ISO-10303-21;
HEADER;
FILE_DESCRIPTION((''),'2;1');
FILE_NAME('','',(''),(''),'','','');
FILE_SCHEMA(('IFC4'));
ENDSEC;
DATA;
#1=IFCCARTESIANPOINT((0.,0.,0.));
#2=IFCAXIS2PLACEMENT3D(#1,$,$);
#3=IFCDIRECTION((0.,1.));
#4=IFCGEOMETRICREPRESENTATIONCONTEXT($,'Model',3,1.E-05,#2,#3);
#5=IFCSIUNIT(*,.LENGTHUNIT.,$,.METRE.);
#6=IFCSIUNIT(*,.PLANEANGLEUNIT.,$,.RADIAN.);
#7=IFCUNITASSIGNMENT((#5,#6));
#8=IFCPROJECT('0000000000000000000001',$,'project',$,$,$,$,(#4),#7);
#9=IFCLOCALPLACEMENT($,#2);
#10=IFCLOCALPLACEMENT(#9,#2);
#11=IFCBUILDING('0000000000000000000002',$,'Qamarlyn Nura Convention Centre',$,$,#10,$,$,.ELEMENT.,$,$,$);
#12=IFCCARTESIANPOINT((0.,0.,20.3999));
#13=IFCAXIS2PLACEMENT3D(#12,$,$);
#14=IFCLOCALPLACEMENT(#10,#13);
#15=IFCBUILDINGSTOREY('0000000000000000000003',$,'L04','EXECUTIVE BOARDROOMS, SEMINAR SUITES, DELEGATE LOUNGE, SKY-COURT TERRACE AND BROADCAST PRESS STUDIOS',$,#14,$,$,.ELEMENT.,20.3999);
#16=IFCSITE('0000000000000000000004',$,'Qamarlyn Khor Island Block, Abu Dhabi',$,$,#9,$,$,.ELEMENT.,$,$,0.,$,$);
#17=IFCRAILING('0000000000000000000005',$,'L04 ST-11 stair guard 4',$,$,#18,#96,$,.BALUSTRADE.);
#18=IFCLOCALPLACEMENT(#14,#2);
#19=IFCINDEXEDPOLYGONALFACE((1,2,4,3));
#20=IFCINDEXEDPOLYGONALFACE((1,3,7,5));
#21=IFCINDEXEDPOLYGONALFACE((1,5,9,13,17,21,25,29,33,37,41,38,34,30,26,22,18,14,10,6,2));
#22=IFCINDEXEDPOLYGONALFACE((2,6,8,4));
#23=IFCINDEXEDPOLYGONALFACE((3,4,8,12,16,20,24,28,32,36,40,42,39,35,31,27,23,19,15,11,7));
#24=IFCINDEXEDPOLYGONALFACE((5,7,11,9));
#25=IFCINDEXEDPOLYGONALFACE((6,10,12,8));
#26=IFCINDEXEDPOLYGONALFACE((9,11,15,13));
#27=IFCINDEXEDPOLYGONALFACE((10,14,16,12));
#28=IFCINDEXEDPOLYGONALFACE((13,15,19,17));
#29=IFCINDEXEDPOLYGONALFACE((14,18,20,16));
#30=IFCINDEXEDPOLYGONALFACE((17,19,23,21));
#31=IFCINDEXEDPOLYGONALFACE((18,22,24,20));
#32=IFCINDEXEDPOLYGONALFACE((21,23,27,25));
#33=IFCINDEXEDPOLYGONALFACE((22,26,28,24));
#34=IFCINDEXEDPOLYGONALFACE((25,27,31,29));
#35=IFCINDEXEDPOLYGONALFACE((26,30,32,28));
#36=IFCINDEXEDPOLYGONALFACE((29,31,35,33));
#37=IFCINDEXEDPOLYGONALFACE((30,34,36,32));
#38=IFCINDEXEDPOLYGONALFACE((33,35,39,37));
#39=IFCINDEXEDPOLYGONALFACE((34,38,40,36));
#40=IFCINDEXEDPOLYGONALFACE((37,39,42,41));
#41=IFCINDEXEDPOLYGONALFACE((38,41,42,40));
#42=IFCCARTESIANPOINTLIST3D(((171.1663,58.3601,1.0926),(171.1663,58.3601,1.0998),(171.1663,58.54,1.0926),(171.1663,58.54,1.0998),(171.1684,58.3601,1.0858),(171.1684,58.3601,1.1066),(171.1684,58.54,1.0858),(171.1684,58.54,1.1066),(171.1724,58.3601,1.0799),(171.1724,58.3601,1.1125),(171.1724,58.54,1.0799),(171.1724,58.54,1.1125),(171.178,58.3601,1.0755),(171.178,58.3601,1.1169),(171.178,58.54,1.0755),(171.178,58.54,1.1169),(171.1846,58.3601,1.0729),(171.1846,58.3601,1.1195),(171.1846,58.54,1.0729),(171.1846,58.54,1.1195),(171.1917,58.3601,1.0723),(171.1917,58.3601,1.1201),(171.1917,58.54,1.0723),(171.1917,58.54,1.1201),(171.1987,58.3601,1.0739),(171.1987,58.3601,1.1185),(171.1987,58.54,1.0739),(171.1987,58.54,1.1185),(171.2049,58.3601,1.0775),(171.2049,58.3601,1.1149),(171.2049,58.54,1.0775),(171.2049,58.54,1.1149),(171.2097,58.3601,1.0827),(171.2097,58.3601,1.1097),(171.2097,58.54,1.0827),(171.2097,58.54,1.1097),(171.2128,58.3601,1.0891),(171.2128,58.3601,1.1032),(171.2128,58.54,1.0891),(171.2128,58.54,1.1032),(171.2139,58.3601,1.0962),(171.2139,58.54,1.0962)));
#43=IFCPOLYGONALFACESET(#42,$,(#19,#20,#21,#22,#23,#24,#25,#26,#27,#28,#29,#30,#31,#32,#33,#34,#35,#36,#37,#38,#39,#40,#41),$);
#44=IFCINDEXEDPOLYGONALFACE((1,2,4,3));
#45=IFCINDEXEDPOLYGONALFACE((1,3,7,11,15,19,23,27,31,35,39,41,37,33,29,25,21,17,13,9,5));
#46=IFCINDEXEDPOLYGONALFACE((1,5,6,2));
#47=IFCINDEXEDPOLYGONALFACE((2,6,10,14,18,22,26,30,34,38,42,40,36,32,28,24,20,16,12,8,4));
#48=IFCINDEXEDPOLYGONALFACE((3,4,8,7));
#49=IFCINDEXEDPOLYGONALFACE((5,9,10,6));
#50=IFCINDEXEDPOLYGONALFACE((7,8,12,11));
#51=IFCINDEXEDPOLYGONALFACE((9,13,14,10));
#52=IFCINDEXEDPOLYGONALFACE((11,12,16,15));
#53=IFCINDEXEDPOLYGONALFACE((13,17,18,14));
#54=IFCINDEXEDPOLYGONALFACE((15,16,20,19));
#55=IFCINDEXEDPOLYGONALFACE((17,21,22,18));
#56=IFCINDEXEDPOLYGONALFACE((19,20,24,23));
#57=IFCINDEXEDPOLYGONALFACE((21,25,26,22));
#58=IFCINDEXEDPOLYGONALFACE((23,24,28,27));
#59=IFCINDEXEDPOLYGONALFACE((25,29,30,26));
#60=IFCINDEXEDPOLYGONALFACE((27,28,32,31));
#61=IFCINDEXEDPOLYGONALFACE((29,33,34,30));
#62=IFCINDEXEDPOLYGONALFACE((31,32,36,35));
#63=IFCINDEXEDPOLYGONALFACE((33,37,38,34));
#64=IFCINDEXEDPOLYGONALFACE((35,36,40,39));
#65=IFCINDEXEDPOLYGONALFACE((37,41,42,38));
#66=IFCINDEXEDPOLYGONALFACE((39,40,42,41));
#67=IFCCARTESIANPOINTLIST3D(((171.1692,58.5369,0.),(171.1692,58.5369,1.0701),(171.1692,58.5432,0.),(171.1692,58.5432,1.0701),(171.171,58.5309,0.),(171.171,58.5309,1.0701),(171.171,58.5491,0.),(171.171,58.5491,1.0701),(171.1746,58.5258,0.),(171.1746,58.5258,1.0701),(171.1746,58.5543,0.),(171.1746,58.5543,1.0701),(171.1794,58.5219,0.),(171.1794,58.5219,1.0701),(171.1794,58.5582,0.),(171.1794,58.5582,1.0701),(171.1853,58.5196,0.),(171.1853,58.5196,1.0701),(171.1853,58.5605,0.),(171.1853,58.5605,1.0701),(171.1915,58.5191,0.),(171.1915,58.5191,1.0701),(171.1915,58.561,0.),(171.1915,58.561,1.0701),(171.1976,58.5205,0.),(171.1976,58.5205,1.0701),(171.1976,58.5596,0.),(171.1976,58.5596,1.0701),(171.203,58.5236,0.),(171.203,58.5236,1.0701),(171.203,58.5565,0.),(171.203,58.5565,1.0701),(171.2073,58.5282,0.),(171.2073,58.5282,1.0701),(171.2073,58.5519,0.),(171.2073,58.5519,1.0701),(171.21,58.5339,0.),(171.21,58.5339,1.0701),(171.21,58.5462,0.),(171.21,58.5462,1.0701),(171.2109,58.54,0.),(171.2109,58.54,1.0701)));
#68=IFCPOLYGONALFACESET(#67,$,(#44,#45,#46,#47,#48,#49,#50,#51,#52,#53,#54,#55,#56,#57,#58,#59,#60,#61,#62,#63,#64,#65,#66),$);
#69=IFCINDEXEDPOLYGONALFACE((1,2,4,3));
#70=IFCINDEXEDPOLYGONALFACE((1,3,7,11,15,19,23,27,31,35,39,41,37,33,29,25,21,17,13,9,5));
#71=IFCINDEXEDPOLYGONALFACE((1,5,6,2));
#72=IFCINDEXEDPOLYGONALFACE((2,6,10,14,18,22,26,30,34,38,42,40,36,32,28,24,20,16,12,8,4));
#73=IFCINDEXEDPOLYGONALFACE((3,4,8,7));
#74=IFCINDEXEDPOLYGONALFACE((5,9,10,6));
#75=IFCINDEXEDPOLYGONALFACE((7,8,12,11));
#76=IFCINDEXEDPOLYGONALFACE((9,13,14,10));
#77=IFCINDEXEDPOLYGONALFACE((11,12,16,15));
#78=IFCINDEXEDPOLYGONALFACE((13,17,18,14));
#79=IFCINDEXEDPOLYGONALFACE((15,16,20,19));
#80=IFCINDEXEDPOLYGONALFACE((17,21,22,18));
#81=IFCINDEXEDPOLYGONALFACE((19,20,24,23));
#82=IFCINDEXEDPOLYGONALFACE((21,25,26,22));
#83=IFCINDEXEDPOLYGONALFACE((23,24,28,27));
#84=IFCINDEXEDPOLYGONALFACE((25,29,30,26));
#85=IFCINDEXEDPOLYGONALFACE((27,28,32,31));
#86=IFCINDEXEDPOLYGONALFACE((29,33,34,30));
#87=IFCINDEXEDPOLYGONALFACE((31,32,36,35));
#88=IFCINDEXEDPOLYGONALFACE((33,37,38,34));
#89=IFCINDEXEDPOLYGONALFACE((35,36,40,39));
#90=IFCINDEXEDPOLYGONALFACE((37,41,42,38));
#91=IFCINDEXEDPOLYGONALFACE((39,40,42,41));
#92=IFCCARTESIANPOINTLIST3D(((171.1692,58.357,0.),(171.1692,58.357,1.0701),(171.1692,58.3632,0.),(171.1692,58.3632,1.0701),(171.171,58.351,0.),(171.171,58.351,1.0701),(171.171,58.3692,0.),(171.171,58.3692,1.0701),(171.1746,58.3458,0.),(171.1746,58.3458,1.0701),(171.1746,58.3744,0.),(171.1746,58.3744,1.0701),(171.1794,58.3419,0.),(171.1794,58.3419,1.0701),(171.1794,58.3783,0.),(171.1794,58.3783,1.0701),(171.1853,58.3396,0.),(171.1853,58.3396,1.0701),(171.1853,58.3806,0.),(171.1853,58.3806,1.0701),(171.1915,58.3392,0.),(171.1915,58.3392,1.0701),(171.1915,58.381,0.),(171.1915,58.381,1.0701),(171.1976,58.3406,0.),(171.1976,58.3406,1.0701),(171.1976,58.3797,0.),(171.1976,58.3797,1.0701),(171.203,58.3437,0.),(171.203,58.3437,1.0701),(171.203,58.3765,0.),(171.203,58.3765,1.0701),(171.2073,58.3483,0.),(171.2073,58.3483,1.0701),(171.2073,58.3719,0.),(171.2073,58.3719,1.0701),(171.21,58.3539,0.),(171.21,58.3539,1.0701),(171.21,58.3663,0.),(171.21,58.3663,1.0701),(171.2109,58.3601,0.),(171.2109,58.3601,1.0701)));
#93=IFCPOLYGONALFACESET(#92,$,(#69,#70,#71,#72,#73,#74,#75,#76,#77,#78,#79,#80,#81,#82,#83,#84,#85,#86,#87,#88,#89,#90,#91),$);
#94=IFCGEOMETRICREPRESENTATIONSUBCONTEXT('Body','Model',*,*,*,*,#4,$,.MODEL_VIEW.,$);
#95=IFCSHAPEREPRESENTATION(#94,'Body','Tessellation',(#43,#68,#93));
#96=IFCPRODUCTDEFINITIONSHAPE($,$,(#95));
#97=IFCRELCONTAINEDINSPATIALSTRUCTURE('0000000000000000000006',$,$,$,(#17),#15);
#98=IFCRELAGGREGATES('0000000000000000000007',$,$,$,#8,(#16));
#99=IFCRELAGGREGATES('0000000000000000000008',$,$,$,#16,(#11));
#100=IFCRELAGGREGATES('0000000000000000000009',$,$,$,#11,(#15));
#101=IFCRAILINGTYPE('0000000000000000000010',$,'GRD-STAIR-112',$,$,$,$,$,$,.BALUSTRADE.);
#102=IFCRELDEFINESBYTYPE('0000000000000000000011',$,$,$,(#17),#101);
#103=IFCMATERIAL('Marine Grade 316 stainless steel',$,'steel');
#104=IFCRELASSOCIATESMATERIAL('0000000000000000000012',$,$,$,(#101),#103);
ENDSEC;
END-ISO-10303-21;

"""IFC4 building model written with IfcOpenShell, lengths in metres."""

from ifc_helpers import new_model, si_unit, direction, frame, origin, origin_2d, place, context, subcontext, project, spatial, circle, extrude, material, type_object, element, save


model = new_model("IFC4")

# Units and contexts
model_context = context("Model", 3, precision=1e-05, world=origin(), true_north=direction((0.0, 1.0)))
body_context = subcontext(model_context, "Body", "Model", "MODEL_VIEW")
ifc_project = project(units=[si_unit("LENGTHUNIT", "METRE"), si_unit("PLANEANGLEUNIT", "RADIAN")], contexts=[model_context])

# Site, building, storey
site_placement = place(None, origin())
site = spatial("IfcSite", under=ifc_project, at=site_placement, Name="Qamarlyn Khor Island Block, Abu Dhabi", CompositionType="ELEMENT", RefElevation=0.0)
building_placement = place(site_placement, origin())
building = spatial("IfcBuilding", under=site, at=building_placement, Name="Qamarlyn Nura Convention Centre", CompositionType="ELEMENT")
storey_placement = place(building_placement, frame((0.0, 0.0, 20.3999)))
storey = spatial("IfcBuildingStorey", under=building, at=storey_placement, Name="L04", Description="EXECUTIVE BOARDROOMS, SEMINAR SUITES, DELEGATE LOUNGE, SKY-COURT TERRACE AND BROADCAST PRESS STUDIOS", CompositionType="ELEMENT", Elevation=20.3999)

# Shared definitions
ifc_material_1 = material(Name="Marine Grade 316 stainless steel", Category="steel")

# Railing
railing_type_1 = type_object("IfcRailingType", Name="GRD-STAIR-112", PredefinedType="BALUSTRADE", material=ifc_material_1)
railing_1_placement = place(storey_placement, frame((171.1899, 58.54, 0.0)))
element("IfcRailing", 1, at=railing_1_placement, inside=storey, type_object=railing_type_1, Name="L04 ST-11 stair guard 4", PredefinedType="BALUSTRADE", context=body_context, shape_type="SweptSolid", body=[
    extrude(circle(Radius=0.0239, at=origin_2d()), frame((0.0, 0.0, 1.0962), z_axis=(0.0, -1.0, 0.0), x_axis=(1.0, 0.0, 0.0)), (0.0, 0.0, 1.0), 0.1799),
    extrude(circle(Radius=0.021, at=origin_2d()), origin(), (0.0, 0.0, 1.0), 1.0701),
    extrude(circle(Radius=0.021, at=origin_2d()), frame((0.0, -0.1799, 0.0)), (0.0, 0.0, 1.0), 1.0701),
])

save(model, "model.ifc")
